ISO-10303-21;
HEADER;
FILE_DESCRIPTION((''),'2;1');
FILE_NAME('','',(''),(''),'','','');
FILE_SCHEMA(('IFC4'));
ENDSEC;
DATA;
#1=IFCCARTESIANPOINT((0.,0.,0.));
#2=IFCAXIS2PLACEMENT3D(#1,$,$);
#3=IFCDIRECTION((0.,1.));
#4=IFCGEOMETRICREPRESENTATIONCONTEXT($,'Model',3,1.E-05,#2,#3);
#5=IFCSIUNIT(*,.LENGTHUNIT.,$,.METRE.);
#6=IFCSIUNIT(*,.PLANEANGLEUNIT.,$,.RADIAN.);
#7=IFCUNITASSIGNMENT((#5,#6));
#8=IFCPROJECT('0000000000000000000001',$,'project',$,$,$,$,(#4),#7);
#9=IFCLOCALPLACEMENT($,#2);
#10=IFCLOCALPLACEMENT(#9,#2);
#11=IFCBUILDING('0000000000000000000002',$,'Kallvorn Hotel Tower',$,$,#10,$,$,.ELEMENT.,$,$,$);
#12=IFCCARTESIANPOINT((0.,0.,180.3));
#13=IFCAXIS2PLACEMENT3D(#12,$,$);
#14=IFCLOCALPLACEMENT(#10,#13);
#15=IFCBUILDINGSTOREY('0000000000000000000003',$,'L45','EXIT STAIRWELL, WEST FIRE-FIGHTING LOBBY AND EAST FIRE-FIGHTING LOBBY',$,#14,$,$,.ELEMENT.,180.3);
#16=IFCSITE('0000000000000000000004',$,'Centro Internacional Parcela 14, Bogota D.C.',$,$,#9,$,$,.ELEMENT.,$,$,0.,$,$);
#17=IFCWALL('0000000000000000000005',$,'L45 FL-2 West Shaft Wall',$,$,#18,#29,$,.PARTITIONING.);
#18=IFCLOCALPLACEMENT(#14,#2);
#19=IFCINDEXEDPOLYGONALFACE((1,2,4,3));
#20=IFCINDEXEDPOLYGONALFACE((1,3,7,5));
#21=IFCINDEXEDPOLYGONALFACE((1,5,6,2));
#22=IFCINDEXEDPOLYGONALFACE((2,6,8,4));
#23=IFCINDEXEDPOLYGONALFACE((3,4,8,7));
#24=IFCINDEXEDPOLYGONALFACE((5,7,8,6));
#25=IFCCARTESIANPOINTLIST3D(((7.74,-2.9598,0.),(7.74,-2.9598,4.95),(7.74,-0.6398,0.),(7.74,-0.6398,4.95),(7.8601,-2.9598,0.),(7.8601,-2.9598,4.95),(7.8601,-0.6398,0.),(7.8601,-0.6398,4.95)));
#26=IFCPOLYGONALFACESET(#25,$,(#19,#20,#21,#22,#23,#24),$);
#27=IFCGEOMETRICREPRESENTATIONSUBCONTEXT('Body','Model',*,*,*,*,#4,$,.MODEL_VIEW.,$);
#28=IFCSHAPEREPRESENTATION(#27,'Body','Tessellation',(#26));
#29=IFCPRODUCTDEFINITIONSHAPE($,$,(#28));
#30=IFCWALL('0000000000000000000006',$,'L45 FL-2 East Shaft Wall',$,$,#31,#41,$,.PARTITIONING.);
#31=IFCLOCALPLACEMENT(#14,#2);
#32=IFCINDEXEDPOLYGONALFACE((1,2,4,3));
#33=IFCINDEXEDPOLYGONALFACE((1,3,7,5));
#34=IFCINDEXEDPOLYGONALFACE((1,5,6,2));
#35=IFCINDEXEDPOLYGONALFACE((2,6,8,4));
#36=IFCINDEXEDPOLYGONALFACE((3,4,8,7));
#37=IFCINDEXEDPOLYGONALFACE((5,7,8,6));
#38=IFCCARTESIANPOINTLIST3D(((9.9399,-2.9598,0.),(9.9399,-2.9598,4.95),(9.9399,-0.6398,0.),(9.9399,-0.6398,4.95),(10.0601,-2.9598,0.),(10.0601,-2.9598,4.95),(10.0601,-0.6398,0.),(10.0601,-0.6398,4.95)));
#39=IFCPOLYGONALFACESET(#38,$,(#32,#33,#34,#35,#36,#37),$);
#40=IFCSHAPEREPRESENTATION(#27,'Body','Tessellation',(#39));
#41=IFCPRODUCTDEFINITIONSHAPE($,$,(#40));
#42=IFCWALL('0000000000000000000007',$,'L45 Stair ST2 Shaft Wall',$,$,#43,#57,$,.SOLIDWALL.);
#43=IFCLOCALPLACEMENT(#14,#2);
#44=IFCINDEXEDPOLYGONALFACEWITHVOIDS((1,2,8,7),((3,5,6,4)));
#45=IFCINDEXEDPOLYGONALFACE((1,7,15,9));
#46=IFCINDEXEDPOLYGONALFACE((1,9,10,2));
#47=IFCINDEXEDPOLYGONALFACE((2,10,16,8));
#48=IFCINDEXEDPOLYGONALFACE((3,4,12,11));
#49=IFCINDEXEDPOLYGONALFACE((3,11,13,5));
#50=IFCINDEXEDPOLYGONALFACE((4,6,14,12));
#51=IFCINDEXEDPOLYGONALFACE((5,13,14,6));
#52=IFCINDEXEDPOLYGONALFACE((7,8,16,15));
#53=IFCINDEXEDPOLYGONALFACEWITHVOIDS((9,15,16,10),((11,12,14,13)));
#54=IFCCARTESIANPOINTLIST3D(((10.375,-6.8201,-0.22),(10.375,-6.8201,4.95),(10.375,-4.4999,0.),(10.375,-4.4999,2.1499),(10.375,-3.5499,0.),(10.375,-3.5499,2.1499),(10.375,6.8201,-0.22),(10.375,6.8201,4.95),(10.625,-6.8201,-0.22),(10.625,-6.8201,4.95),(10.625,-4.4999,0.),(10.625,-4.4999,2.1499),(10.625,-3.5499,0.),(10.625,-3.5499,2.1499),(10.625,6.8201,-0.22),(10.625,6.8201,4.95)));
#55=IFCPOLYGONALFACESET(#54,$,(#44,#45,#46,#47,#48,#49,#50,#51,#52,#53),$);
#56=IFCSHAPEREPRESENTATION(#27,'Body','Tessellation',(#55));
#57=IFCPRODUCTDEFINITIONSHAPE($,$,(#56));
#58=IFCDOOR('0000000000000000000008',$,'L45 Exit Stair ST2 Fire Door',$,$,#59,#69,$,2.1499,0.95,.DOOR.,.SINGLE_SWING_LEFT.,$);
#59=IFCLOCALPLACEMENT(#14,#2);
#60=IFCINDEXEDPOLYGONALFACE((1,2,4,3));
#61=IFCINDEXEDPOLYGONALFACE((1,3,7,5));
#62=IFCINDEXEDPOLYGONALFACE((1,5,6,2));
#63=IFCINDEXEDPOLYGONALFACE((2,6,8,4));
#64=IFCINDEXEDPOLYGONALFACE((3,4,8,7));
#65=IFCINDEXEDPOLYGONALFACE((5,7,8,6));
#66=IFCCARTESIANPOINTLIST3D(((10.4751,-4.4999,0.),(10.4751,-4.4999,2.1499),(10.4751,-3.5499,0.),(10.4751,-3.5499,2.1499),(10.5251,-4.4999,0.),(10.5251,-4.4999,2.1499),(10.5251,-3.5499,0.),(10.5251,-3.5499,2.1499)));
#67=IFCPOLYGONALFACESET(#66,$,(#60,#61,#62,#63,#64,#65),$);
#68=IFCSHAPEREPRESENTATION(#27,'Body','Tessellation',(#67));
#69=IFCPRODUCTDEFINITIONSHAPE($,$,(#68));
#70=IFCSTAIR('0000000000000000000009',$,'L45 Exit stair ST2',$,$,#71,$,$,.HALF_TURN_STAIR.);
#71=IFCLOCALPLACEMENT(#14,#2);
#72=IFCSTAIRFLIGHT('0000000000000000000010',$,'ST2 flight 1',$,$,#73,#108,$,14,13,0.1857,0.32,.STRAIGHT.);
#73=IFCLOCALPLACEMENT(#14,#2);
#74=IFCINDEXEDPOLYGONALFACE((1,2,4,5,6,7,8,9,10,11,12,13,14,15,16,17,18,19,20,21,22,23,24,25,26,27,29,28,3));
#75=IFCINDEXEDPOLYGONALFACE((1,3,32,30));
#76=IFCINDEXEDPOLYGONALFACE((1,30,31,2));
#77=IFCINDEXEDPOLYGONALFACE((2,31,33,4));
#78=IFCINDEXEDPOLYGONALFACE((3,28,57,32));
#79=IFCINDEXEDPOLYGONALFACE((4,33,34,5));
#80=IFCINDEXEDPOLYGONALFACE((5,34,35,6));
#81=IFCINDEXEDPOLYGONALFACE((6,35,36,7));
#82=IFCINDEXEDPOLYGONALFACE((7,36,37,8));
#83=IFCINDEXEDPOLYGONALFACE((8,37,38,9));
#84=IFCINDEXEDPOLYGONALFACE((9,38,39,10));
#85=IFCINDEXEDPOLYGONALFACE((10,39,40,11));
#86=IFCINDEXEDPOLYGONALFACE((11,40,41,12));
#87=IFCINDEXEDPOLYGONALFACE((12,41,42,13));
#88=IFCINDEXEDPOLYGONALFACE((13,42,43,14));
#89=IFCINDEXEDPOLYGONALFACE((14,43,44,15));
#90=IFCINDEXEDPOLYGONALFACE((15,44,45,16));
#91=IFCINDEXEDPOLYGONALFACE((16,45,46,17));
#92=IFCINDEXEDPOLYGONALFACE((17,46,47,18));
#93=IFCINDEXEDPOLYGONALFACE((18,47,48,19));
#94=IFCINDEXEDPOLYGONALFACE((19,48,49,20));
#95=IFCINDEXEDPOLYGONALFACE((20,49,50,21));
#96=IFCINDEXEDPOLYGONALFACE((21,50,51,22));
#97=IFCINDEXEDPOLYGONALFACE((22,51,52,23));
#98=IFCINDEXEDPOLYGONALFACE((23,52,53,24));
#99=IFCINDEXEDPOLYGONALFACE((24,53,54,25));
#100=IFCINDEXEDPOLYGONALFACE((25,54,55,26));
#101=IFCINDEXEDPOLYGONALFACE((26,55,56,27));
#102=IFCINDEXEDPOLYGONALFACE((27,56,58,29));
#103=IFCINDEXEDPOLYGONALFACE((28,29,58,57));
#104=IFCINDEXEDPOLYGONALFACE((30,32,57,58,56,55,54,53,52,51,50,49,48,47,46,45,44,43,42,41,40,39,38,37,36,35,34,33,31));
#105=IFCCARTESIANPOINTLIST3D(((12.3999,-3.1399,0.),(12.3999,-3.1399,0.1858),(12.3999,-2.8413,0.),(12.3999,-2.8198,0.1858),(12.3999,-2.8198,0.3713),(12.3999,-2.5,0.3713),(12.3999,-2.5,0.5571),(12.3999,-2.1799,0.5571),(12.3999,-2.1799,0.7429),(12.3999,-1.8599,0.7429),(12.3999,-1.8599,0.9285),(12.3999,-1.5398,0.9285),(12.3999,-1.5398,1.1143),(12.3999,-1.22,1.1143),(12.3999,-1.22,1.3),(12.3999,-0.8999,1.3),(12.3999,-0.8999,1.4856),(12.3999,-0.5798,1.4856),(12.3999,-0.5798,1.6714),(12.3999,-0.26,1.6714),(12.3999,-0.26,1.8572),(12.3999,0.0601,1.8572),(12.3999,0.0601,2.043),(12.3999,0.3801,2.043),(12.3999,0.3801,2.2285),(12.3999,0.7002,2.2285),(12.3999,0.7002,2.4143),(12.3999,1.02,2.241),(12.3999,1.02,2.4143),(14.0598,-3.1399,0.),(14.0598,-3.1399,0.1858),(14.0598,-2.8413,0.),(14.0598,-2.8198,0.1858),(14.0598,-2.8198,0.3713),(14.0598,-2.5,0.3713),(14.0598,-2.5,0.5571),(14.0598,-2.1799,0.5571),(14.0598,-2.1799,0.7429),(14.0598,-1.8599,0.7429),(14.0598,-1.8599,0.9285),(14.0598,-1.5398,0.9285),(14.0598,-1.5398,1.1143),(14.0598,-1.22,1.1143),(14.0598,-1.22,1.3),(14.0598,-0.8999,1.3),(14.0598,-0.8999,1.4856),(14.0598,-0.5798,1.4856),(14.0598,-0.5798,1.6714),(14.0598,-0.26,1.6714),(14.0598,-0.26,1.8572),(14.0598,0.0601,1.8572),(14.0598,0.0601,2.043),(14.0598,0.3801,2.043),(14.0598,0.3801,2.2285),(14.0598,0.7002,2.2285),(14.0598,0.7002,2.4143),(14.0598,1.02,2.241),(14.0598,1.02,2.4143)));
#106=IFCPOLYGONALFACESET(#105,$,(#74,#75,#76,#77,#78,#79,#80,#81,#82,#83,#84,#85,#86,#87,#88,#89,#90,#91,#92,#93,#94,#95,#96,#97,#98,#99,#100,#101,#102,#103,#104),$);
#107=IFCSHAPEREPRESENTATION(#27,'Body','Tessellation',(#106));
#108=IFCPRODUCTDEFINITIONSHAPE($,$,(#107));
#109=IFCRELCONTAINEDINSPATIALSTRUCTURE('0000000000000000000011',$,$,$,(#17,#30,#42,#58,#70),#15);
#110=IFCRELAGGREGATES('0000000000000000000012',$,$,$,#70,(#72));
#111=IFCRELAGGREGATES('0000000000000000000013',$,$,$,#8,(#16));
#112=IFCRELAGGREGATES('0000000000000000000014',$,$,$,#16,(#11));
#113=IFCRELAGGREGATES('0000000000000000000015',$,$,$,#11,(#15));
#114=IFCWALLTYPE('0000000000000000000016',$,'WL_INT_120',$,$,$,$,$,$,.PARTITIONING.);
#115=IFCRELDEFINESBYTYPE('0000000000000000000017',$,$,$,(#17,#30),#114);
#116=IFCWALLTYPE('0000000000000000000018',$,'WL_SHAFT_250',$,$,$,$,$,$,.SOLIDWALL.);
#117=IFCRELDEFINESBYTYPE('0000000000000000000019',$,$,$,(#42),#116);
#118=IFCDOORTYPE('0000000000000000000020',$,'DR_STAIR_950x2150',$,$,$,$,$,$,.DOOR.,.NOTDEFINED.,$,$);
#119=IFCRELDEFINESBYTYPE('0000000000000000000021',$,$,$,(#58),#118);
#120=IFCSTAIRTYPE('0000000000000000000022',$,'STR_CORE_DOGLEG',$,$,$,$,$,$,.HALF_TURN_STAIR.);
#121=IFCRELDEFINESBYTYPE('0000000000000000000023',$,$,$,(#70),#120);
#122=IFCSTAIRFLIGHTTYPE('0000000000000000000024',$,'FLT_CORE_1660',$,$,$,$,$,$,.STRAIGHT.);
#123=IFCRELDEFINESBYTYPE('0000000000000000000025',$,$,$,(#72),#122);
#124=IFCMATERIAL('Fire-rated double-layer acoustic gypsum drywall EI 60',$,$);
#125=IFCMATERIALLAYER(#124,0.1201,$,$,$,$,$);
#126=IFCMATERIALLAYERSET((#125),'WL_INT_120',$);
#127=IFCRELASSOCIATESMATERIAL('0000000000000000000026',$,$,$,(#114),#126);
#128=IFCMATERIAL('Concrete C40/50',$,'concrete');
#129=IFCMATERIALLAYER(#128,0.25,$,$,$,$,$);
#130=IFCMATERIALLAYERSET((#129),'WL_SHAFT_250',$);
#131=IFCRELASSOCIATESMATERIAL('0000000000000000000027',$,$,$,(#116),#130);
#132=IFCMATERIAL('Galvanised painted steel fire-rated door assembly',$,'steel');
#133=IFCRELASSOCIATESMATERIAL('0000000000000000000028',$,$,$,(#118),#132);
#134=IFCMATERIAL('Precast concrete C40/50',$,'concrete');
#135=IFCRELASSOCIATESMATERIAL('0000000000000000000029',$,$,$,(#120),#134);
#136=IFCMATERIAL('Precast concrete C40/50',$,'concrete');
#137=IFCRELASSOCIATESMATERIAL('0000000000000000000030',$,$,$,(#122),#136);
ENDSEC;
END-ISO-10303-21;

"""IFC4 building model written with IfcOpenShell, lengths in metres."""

from ifc_helpers import new_model, si_unit, direction, frame, frame_2d, origin, place, context, subcontext, project, spatial, polyline, rectangle, outline, extrude, material, layer, layer_set, type_object, element, fill, aggregate, save


model = new_model("IFC4")

# Units and contexts
model_context = context("Model", 3, precision=1e-05, world=origin(), true_north=direction((0.0, 1.0)))
body_context = subcontext(model_context, "Body", "Model", "MODEL_VIEW")
ifc_project = project(units=[si_unit("LENGTHUNIT", "METRE"), si_unit("PLANEANGLEUNIT", "RADIAN")], contexts=[model_context])

# Site, building, storey
site_placement = place(None, origin())
site = spatial("IfcSite", under=ifc_project, at=site_placement, Name="Centro Internacional Parcela 14, Bogota D.C.", CompositionType="ELEMENT", RefElevation=0.0)
building_placement = place(site_placement, origin())
building = spatial("IfcBuilding", under=site, at=building_placement, Name="Kallvorn Hotel Tower", CompositionType="ELEMENT")
storey_placement = place(building_placement, frame((0.0, 0.0, 180.3)))
storey = spatial("IfcBuildingStorey", under=building, at=storey_placement, Name="L45", Description="EXIT STAIRWELL, WEST FIRE-FIGHTING LOBBY AND EAST FIRE-FIGHTING LOBBY", CompositionType="ELEMENT", Elevation=180.3)

# Walls
ifc_material_1 = material(Name="Fire-rated double-layer acoustic gypsum drywall EI 60")
ifc_layer_1 = layer(ifc_material_1, 0.1201)
ifc_layer_set_1 = layer_set([ifc_layer_1], Name="WL_INT_120")
wall_type_1 = type_object("IfcWallType", Name="WL_INT_120", PredefinedType="PARTITIONING", material=ifc_layer_set_1)
for number, where, z_axis, x_axis, name in (
    (1, (7.8, -2.96, 0.0), (0.0, 0.0, 1.0), (0.0, 1.0, 0.0), "L45 FL-2 West Shaft Wall"),
    (2, (10.0, -2.96, 0.0), (0.0, 0.0, 1.0), (0.0, 1.0, 0.0), "L45 FL-2 East Shaft Wall"),
):
    element("IfcWall", number, at=place(storey_placement, frame(where, z_axis=z_axis, x_axis=x_axis)), inside=storey, type_object=wall_type_1, Name=name, PredefinedType="PARTITIONING", context=body_context, shape_type="SweptSolid", body=[
        extrude(rectangle(XDim=2.3201, YDim=0.1201, at=frame_2d((1.1602, 0.0))), origin(), (0.0, 0.0, 1.0), 4.95),
    ])

# Wall, opening, door
ifc_material_2 = material(Name="Concrete C40/50", Category="concrete")
ifc_layer_2 = layer(ifc_material_2, 0.25)
ifc_layer_set_2 = layer_set([ifc_layer_2], Name="WL_SHAFT_250")
wall_type_2 = type_object("IfcWallType", Name="WL_SHAFT_250", PredefinedType="SOLIDWALL", material=ifc_layer_set_2)
wall_1_placement = place(storey_placement, frame((10.5, -6.8201, -0.22), z_axis=(0.0, 0.0, 1.0), x_axis=(0.0, 1.0, 0.0)))
wall_1 = element("IfcWall", 3, at=wall_1_placement, inside=storey, type_object=wall_type_2, Name="L45 Stair ST2 Shaft Wall", PredefinedType="SOLIDWALL", context=body_context, shape_type="SweptSolid", body=[
    extrude(rectangle(XDim=13.6401, YDim=0.25, at=frame_2d((6.8201, 0.0))), origin(), (0.0, 0.0, 1.0), 5.1699),
])
opening_1_placement = place(wall_1_placement, frame((2.3201, 0.0, 0.22)))
opening_1 = element("IfcOpeningElement", 4, at=opening_1_placement, cuts=wall_1, PredefinedType="OPENING", context=body_context, shape_type="SweptSolid", body=[
    extrude(rectangle(XDim=0.95, YDim=2.1499, at=frame_2d((0.4751, 1.075))), frame((0.0, 0.1399, 0.0), z_axis=(0.0, -1.0, 0.0), x_axis=(1.0, 0.0, 0.0)), (0.0, 0.0, 1.0), 0.28),
])
ifc_material_3 = material(Name="Galvanised painted steel fire-rated door assembly", Category="steel")
door_type_1 = type_object("IfcDoorType", Name="DR_STAIR_950x2150", OperationType="NOTDEFINED", PredefinedType="DOOR", material=ifc_material_3)
door_1_placement = place(opening_1_placement, origin())
door_1 = element("IfcDoor", 5, at=door_1_placement, inside=storey, type_object=door_type_1, Name="L45 Exit Stair ST2 Fire Door", OperationType="SINGLE_SWING_LEFT", OverallHeight=2.1499, OverallWidth=0.95, PredefinedType="DOOR", context=body_context, shape_type="SweptSolid", body=[
    extrude(rectangle(XDim=0.95, YDim=2.1499, at=frame_2d((0.4751, 1.075))), frame((0.0, 0.0249, 0.0), z_axis=(0.0, -1.0, 0.0), x_axis=(1.0, 0.0, 0.0)), (0.0, 0.0, 1.0), 0.05),
])
fill(opening_1, door_1)

# Stair, stair flight
ifc_material_4 = material(Name="Precast concrete C40/50", Category="concrete")
stair_type = type_object("IfcStairType", Name="STR_CORE_DOGLEG", PredefinedType="HALF_TURN_STAIR", material=ifc_material_4)
stair_placement = place(storey_placement, origin())
stair = element("IfcStair", 6, at=stair_placement, inside=storey, type_object=stair_type, Name="L45 Exit stair ST2", PredefinedType="HALF_TURN_STAIR")
ifc_material_5 = material(Name="Precast concrete C40/50", Category="concrete")
stair_flight_type = type_object("IfcStairFlightType", Name="FLT_CORE_1660", PredefinedType="STRAIGHT", material=ifc_material_5)
stair_flight_placement = place(storey_placement, frame((13.23, -3.1399, 0.0), z_axis=(0.0, 0.0, 1.0), x_axis=(0.0, 1.0, 0.0)))
stair_flight = element("IfcStairFlight", 7, at=stair_flight_placement, type_object=stair_flight_type, Name="ST2 flight 1", NumberOfRisers=14, NumberOfTreads=13, PredefinedType="STRAIGHT", RiserHeight=0.1857, TreadLength=0.32, context=body_context, shape_type="SweptSolid", body=[
    extrude(outline(polyline([(0.0, 0.0), (0.0, 0.1858), (0.3201, 0.1858), (0.3201, 0.3713), (0.6399, 0.3713), (0.6399, 0.5571), (0.96, 0.5571), (0.96, 0.7429), (1.28, 0.7429), (1.28, 0.9285), (1.6001, 0.9285), (1.6001, 1.1143), (1.9199, 1.1143), (1.9199, 1.3), (2.24, 1.3), (2.24, 1.4856), (2.5601, 1.4856), (2.5601, 1.6714), (2.8799, 1.6714), (2.8799, 1.8572), (3.2, 1.8572), (3.2, 2.043), (3.52, 2.043), (3.52, 2.2285), (3.8401, 2.2285), (3.8401, 2.4143), (4.1599, 2.4143), (4.1599, 2.6001), (4.1599, 2.241), (0.2986, 0.0), (0.0, 0.0)])), frame((0.0, 0.8301, 0.0), z_axis=(0.0, -1.0, 0.0), x_axis=(1.0, 0.0, 0.0)), (0.0, 0.0, 1.0), 1.6599),
])
aggregate(stair, [stair_flight])

save(model, "model.ifc")
